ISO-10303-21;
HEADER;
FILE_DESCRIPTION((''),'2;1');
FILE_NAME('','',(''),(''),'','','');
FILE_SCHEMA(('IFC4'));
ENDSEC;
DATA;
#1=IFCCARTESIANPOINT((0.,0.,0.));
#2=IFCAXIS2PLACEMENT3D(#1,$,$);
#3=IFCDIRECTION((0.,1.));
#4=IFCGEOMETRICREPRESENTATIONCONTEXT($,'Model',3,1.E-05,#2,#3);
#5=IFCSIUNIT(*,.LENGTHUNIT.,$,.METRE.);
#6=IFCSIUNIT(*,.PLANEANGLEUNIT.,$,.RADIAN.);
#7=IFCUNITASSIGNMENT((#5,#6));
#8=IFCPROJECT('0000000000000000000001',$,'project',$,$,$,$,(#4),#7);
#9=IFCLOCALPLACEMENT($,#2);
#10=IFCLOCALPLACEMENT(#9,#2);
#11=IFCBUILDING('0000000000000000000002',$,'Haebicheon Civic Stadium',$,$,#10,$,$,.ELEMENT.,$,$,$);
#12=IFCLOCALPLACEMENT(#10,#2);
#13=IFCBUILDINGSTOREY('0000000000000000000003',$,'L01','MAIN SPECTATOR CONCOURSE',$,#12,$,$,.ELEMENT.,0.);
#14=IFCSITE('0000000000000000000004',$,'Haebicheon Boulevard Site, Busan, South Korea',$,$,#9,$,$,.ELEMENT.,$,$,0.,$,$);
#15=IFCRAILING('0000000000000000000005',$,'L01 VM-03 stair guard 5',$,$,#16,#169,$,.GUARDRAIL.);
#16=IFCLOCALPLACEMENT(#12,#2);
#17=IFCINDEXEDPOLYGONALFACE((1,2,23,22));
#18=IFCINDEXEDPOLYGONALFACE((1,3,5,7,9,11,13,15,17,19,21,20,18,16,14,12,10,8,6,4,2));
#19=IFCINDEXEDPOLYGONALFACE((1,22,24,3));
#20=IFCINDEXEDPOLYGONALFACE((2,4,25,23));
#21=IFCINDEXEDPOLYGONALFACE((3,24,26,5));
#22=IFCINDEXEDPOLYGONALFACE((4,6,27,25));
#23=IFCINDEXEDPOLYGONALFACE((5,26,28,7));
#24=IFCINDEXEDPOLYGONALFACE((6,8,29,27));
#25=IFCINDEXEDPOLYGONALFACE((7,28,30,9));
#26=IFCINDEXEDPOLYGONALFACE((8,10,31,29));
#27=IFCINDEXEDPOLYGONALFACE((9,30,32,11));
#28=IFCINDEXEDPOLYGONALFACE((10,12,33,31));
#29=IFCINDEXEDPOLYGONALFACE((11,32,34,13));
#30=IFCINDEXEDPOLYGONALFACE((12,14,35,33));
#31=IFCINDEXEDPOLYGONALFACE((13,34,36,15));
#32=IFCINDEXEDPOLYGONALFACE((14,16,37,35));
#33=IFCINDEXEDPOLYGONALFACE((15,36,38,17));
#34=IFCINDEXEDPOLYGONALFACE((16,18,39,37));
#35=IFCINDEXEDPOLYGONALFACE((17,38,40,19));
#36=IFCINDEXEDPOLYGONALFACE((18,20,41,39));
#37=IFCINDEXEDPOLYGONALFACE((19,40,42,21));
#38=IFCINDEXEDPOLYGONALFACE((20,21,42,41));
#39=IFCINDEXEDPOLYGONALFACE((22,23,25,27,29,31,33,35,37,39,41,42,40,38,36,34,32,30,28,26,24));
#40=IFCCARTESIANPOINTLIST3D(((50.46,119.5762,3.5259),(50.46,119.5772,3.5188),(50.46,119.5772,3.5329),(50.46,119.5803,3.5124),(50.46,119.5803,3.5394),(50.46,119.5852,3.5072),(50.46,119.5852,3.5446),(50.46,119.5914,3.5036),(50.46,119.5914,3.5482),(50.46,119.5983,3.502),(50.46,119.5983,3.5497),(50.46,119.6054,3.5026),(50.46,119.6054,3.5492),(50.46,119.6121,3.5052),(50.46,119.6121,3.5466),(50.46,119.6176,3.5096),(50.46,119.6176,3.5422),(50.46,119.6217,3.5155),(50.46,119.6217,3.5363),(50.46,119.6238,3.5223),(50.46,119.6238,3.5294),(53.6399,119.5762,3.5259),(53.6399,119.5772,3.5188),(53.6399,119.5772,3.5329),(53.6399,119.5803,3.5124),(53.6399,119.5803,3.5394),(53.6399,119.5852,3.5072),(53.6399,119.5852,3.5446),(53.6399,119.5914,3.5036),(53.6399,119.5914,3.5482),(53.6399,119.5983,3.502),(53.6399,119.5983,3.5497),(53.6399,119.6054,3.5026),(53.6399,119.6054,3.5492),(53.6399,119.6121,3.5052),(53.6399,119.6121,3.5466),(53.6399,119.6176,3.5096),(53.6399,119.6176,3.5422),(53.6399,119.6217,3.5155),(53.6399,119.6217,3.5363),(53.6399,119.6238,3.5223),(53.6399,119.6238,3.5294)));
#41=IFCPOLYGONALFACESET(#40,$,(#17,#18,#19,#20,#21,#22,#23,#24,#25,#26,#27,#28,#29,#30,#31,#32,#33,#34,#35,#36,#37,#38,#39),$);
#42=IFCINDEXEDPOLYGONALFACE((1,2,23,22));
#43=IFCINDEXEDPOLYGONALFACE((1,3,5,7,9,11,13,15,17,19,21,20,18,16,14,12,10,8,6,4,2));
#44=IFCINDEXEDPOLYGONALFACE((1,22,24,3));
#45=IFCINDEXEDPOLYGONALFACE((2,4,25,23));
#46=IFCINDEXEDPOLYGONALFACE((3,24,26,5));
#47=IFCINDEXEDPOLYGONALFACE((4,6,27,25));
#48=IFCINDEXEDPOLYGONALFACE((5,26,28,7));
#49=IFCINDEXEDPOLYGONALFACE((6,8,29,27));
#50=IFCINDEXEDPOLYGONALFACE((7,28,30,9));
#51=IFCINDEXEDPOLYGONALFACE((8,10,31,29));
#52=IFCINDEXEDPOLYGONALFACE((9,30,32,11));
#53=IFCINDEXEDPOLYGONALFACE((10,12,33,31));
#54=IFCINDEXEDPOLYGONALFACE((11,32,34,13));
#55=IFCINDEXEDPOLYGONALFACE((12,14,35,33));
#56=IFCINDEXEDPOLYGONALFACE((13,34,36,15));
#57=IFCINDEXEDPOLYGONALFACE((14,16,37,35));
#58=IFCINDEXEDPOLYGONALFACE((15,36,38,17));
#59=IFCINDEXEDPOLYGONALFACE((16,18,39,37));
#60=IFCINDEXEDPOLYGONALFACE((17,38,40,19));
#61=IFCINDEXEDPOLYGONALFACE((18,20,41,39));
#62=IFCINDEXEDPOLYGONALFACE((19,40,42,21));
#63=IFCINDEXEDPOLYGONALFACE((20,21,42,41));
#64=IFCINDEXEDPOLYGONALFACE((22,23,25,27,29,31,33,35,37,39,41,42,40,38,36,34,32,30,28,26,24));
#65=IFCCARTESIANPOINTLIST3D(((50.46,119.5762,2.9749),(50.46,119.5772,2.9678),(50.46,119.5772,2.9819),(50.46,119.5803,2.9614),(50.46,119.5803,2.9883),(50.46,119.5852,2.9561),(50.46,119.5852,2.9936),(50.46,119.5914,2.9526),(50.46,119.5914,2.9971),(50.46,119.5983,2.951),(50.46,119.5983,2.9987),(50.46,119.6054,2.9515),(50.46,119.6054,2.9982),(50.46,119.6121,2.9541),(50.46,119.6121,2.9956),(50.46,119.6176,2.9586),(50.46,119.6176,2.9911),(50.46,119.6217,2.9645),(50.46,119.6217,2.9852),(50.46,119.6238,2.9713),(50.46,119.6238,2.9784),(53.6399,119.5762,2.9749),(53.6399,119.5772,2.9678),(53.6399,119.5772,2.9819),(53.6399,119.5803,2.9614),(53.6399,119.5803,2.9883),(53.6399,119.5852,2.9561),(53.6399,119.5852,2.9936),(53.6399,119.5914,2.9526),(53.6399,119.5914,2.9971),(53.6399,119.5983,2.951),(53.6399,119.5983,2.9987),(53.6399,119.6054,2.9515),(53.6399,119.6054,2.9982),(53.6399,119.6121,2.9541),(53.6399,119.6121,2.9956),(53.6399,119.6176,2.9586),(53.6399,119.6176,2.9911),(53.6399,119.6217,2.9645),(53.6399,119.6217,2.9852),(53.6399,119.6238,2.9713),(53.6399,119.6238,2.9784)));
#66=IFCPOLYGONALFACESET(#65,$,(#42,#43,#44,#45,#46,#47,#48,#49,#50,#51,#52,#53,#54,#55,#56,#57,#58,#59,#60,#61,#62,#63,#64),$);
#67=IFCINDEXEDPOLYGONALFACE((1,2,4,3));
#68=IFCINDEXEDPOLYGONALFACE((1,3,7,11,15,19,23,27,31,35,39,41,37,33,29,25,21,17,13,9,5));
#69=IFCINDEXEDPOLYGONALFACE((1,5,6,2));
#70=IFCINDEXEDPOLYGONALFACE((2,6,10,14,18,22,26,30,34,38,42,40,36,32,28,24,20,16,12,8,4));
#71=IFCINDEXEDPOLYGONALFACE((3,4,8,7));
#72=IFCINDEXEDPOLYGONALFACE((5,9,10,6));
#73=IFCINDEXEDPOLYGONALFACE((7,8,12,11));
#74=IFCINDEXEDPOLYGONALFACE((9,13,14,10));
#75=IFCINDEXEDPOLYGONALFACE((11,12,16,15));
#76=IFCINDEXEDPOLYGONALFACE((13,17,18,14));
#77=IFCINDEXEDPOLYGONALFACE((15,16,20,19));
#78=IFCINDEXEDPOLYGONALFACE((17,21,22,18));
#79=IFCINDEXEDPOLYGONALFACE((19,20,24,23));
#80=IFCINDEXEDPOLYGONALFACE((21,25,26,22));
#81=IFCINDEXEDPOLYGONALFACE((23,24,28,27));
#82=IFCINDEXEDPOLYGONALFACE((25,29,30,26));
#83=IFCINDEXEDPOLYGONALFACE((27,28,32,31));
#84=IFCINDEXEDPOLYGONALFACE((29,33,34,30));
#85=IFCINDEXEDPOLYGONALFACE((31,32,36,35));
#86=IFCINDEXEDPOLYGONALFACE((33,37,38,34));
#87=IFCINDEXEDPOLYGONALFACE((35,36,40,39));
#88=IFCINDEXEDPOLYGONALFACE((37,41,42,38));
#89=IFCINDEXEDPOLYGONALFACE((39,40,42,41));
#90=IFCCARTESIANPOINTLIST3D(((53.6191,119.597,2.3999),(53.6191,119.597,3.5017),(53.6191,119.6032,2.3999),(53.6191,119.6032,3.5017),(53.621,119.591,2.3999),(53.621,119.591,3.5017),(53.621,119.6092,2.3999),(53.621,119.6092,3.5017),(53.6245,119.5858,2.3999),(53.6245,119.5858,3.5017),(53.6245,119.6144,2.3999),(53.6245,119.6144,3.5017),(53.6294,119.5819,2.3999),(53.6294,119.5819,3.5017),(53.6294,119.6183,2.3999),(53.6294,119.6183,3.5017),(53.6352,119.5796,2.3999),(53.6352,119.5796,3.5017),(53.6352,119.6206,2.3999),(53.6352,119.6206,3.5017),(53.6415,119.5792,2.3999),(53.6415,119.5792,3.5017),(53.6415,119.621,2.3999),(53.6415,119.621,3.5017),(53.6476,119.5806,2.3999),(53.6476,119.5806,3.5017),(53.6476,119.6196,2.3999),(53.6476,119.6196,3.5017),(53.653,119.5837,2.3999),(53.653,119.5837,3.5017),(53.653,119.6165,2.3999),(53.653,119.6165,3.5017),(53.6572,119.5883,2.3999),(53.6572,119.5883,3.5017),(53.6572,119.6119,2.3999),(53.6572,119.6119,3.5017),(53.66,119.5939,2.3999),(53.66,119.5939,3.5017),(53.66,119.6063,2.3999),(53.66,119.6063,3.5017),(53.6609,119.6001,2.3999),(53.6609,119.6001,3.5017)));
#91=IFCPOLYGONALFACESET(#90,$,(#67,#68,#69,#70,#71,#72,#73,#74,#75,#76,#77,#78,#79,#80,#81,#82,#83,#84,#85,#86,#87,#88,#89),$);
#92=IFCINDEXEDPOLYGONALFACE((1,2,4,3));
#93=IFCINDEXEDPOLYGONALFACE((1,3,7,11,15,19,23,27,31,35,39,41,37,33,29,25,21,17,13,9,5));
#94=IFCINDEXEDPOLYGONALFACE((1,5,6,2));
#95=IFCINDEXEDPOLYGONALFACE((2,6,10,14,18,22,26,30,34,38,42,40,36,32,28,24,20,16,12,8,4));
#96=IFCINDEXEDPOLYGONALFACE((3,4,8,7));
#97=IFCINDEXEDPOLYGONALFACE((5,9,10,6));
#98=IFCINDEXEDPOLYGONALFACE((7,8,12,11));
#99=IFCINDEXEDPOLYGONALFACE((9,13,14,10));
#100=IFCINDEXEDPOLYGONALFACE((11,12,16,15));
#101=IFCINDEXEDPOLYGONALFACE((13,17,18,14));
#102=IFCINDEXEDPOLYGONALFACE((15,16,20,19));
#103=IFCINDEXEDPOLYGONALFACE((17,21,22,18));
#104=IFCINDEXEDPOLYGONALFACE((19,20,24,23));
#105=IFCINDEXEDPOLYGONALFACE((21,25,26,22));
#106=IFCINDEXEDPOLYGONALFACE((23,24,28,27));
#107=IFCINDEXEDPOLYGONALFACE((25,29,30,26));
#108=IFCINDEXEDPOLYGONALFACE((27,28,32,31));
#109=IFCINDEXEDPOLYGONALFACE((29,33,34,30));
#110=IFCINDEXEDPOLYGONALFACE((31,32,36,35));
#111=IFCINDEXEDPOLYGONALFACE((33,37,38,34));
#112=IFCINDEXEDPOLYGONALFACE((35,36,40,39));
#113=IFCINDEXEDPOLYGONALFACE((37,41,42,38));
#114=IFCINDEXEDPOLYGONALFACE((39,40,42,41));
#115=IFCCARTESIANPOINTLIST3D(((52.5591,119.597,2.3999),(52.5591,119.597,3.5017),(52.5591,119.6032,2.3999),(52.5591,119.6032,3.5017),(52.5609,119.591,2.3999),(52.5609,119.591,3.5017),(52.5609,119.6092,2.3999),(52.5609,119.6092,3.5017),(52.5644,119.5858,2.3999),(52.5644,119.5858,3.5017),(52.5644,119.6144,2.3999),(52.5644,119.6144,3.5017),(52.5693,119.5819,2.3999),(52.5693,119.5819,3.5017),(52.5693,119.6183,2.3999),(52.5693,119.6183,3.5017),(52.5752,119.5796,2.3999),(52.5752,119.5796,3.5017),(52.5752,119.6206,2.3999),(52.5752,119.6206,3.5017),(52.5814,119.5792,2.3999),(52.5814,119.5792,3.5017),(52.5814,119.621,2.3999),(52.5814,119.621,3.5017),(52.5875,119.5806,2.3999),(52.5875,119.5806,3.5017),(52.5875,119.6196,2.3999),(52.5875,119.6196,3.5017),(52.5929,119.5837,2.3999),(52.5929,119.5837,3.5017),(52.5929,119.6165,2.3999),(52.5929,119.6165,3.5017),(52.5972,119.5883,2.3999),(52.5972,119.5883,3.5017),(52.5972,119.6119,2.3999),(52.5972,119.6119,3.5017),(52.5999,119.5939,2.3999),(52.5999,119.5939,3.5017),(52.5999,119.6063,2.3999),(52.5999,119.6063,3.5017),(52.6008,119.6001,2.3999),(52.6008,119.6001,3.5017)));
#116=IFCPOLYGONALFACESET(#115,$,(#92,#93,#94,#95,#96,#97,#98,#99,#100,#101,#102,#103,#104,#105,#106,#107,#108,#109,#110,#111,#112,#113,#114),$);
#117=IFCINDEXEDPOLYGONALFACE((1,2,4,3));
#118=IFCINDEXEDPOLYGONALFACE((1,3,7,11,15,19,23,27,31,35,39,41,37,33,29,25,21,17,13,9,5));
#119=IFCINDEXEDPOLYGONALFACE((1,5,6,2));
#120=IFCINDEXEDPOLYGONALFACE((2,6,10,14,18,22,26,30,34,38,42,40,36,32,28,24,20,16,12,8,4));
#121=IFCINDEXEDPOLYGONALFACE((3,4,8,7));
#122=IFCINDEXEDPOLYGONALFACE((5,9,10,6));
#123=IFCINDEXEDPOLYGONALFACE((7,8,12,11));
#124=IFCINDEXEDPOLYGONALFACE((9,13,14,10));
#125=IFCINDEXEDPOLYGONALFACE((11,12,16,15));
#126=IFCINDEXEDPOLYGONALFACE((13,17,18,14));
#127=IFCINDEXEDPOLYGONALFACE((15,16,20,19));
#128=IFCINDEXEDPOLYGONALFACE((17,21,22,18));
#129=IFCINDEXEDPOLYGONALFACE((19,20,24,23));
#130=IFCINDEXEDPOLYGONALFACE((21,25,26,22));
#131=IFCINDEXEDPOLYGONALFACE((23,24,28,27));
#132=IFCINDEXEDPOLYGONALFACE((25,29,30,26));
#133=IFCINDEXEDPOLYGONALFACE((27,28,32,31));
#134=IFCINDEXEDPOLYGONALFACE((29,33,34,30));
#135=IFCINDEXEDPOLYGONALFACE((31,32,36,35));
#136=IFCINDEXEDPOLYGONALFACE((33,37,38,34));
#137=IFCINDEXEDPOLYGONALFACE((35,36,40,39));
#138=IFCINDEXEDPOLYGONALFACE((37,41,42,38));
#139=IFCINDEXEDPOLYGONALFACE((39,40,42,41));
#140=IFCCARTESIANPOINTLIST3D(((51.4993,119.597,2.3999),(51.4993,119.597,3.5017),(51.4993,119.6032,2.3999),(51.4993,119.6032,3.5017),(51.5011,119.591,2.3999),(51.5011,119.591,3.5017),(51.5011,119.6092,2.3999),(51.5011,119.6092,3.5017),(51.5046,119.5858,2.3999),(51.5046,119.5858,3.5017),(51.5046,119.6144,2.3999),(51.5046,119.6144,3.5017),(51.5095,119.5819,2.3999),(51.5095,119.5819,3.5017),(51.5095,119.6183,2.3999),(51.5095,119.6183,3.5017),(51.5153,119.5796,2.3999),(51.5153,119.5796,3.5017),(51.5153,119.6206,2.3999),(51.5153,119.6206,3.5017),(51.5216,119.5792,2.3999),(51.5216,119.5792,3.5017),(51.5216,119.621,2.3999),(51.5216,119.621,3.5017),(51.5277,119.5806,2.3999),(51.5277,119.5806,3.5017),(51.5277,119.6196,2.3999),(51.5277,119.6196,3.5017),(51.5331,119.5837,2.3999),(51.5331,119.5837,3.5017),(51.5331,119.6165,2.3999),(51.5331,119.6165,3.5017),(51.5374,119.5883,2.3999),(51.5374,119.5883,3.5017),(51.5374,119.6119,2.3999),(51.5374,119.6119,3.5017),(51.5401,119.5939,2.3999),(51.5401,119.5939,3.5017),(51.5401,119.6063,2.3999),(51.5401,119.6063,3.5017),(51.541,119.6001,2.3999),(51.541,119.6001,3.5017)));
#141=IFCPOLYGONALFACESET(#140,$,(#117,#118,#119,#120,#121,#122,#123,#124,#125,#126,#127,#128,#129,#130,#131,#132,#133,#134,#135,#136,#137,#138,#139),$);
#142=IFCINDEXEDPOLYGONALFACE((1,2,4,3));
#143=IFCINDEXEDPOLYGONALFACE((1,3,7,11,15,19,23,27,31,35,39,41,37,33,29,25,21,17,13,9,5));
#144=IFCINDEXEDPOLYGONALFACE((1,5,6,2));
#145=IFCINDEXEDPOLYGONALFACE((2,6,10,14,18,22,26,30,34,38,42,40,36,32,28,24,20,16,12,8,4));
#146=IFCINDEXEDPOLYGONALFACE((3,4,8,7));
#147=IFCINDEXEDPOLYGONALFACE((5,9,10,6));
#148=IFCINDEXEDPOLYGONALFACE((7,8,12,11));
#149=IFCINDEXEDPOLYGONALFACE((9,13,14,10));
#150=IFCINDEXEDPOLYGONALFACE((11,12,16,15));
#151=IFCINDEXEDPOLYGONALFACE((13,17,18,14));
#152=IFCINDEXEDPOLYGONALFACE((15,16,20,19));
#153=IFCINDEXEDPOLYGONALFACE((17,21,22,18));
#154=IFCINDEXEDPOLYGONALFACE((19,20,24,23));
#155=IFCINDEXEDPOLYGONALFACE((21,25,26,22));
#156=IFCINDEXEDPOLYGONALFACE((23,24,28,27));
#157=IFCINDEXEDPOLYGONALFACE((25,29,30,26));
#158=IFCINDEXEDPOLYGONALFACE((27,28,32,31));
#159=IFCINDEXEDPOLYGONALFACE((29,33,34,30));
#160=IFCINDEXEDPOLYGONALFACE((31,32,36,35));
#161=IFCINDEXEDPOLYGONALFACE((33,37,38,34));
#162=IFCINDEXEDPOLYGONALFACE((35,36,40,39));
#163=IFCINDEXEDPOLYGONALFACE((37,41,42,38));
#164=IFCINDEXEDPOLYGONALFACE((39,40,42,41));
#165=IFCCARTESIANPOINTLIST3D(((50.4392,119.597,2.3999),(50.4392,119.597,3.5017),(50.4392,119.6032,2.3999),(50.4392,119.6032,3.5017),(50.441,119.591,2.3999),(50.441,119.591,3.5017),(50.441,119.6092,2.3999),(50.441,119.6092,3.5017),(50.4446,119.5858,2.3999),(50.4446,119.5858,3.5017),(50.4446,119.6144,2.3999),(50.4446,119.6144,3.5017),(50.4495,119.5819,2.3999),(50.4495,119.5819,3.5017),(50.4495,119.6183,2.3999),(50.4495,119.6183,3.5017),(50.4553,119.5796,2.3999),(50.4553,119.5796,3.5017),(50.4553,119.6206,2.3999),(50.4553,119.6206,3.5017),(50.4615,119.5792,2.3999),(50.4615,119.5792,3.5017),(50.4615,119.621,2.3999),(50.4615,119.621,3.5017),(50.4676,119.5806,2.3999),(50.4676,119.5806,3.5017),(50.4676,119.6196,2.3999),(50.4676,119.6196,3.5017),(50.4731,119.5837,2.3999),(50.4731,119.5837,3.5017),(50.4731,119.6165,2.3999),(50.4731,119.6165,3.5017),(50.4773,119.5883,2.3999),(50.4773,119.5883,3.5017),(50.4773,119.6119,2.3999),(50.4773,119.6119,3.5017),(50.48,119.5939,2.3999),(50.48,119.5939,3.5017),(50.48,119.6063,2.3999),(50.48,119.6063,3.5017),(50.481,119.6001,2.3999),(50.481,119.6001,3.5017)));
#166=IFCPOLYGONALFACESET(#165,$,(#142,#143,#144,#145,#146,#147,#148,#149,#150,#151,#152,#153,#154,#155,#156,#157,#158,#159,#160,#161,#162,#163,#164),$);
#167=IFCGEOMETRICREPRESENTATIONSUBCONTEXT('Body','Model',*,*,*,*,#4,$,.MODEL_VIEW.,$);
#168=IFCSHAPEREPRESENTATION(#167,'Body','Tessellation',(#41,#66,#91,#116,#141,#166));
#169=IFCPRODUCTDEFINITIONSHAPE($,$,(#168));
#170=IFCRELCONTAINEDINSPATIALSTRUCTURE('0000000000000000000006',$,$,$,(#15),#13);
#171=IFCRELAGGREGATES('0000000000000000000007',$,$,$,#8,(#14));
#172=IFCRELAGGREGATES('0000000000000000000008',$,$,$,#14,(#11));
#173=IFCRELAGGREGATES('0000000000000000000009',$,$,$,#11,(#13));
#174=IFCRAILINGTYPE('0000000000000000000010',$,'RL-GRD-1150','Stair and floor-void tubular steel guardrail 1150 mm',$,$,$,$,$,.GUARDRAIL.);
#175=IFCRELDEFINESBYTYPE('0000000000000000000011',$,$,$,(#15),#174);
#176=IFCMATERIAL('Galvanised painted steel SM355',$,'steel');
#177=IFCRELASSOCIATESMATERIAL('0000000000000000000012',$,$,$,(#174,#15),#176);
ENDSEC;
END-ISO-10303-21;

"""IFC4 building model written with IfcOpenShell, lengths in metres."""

from ifc_helpers import new_model, si_unit, direction, frame, origin, origin_2d, place, context, subcontext, project, spatial, circle, extrude, material, type_object, element, save


model = new_model("IFC4")

# Units and contexts
model_context = context("Model", 3, precision=1e-05, world=origin(), true_north=direction((0.0, 1.0)))
body_context = subcontext(model_context, "Body", "Model", "MODEL_VIEW")
ifc_project = project(units=[si_unit("LENGTHUNIT", "METRE"), si_unit("PLANEANGLEUNIT", "RADIAN")], contexts=[model_context])

# Site, building, storey
site_placement = place(None, origin())
site = spatial("IfcSite", under=ifc_project, at=site_placement, Name="Haebicheon Boulevard Site, Busan, South Korea", CompositionType="ELEMENT", RefElevation=0.0)
building_placement = place(site_placement, origin())
building = spatial("IfcBuilding", under=site, at=building_placement, Name="Haebicheon Civic Stadium", CompositionType="ELEMENT")
storey_placement = place(building_placement, origin())
storey = spatial("IfcBuildingStorey", under=building, at=storey_placement, Name="L01", Description="MAIN SPECTATOR CONCOURSE", CompositionType="ELEMENT", Elevation=0.0)

# Railing
ifc_material_1 = material(Name="Galvanised painted steel SM355", Category="steel")
railing_type_1 = type_object("IfcRailingType", Name="RL-GRD-1150", Description="Stair and floor-void tubular steel guardrail 1150 mm", PredefinedType="GUARDRAIL", material=ifc_material_1)
railing_1_placement = place(storey_placement, frame((53.6399, 119.6001, 2.3999)))
element("IfcRailing", 1, at=railing_1_placement, inside=storey, type_object=railing_type_1, material=ifc_material_1, Name="L01 VM-03 stair guard 5", PredefinedType="GUARDRAIL", context=body_context, shape_type="SweptSolid", body=[
    extrude(circle(Radius=0.0239, at=origin_2d()), frame((0.0, 0.0, 1.126), z_axis=(-1.0, 0.0, 0.0), x_axis=(0.0, -1.0, 0.0)), (0.0, 0.0, 1.0), 3.1799),
    extrude(circle(Radius=0.0239, at=origin_2d()), frame((0.0, 0.0, 0.575), z_axis=(-1.0, 0.0, 0.0), x_axis=(0.0, -1.0, 0.0)), (0.0, 0.0, 1.0), 3.1799),
    extrude(circle(Radius=0.021, at=origin_2d()), origin(), (0.0, 0.0, 1.0), 1.1018),
    extrude(circle(Radius=0.021, at=origin_2d()), frame((-1.0601, 0.0, 0.0)), (0.0, 0.0, 1.0), 1.1018),
    extrude(circle(Radius=0.021, at=origin_2d()), frame((-2.1199, 0.0, 0.0)), (0.0, 0.0, 1.0), 1.1018),
    extrude(circle(Radius=0.021, at=origin_2d()), frame((-3.1799, 0.0, 0.0)), (0.0, 0.0, 1.0), 1.1018),
])

save(model, "model.ifc")
